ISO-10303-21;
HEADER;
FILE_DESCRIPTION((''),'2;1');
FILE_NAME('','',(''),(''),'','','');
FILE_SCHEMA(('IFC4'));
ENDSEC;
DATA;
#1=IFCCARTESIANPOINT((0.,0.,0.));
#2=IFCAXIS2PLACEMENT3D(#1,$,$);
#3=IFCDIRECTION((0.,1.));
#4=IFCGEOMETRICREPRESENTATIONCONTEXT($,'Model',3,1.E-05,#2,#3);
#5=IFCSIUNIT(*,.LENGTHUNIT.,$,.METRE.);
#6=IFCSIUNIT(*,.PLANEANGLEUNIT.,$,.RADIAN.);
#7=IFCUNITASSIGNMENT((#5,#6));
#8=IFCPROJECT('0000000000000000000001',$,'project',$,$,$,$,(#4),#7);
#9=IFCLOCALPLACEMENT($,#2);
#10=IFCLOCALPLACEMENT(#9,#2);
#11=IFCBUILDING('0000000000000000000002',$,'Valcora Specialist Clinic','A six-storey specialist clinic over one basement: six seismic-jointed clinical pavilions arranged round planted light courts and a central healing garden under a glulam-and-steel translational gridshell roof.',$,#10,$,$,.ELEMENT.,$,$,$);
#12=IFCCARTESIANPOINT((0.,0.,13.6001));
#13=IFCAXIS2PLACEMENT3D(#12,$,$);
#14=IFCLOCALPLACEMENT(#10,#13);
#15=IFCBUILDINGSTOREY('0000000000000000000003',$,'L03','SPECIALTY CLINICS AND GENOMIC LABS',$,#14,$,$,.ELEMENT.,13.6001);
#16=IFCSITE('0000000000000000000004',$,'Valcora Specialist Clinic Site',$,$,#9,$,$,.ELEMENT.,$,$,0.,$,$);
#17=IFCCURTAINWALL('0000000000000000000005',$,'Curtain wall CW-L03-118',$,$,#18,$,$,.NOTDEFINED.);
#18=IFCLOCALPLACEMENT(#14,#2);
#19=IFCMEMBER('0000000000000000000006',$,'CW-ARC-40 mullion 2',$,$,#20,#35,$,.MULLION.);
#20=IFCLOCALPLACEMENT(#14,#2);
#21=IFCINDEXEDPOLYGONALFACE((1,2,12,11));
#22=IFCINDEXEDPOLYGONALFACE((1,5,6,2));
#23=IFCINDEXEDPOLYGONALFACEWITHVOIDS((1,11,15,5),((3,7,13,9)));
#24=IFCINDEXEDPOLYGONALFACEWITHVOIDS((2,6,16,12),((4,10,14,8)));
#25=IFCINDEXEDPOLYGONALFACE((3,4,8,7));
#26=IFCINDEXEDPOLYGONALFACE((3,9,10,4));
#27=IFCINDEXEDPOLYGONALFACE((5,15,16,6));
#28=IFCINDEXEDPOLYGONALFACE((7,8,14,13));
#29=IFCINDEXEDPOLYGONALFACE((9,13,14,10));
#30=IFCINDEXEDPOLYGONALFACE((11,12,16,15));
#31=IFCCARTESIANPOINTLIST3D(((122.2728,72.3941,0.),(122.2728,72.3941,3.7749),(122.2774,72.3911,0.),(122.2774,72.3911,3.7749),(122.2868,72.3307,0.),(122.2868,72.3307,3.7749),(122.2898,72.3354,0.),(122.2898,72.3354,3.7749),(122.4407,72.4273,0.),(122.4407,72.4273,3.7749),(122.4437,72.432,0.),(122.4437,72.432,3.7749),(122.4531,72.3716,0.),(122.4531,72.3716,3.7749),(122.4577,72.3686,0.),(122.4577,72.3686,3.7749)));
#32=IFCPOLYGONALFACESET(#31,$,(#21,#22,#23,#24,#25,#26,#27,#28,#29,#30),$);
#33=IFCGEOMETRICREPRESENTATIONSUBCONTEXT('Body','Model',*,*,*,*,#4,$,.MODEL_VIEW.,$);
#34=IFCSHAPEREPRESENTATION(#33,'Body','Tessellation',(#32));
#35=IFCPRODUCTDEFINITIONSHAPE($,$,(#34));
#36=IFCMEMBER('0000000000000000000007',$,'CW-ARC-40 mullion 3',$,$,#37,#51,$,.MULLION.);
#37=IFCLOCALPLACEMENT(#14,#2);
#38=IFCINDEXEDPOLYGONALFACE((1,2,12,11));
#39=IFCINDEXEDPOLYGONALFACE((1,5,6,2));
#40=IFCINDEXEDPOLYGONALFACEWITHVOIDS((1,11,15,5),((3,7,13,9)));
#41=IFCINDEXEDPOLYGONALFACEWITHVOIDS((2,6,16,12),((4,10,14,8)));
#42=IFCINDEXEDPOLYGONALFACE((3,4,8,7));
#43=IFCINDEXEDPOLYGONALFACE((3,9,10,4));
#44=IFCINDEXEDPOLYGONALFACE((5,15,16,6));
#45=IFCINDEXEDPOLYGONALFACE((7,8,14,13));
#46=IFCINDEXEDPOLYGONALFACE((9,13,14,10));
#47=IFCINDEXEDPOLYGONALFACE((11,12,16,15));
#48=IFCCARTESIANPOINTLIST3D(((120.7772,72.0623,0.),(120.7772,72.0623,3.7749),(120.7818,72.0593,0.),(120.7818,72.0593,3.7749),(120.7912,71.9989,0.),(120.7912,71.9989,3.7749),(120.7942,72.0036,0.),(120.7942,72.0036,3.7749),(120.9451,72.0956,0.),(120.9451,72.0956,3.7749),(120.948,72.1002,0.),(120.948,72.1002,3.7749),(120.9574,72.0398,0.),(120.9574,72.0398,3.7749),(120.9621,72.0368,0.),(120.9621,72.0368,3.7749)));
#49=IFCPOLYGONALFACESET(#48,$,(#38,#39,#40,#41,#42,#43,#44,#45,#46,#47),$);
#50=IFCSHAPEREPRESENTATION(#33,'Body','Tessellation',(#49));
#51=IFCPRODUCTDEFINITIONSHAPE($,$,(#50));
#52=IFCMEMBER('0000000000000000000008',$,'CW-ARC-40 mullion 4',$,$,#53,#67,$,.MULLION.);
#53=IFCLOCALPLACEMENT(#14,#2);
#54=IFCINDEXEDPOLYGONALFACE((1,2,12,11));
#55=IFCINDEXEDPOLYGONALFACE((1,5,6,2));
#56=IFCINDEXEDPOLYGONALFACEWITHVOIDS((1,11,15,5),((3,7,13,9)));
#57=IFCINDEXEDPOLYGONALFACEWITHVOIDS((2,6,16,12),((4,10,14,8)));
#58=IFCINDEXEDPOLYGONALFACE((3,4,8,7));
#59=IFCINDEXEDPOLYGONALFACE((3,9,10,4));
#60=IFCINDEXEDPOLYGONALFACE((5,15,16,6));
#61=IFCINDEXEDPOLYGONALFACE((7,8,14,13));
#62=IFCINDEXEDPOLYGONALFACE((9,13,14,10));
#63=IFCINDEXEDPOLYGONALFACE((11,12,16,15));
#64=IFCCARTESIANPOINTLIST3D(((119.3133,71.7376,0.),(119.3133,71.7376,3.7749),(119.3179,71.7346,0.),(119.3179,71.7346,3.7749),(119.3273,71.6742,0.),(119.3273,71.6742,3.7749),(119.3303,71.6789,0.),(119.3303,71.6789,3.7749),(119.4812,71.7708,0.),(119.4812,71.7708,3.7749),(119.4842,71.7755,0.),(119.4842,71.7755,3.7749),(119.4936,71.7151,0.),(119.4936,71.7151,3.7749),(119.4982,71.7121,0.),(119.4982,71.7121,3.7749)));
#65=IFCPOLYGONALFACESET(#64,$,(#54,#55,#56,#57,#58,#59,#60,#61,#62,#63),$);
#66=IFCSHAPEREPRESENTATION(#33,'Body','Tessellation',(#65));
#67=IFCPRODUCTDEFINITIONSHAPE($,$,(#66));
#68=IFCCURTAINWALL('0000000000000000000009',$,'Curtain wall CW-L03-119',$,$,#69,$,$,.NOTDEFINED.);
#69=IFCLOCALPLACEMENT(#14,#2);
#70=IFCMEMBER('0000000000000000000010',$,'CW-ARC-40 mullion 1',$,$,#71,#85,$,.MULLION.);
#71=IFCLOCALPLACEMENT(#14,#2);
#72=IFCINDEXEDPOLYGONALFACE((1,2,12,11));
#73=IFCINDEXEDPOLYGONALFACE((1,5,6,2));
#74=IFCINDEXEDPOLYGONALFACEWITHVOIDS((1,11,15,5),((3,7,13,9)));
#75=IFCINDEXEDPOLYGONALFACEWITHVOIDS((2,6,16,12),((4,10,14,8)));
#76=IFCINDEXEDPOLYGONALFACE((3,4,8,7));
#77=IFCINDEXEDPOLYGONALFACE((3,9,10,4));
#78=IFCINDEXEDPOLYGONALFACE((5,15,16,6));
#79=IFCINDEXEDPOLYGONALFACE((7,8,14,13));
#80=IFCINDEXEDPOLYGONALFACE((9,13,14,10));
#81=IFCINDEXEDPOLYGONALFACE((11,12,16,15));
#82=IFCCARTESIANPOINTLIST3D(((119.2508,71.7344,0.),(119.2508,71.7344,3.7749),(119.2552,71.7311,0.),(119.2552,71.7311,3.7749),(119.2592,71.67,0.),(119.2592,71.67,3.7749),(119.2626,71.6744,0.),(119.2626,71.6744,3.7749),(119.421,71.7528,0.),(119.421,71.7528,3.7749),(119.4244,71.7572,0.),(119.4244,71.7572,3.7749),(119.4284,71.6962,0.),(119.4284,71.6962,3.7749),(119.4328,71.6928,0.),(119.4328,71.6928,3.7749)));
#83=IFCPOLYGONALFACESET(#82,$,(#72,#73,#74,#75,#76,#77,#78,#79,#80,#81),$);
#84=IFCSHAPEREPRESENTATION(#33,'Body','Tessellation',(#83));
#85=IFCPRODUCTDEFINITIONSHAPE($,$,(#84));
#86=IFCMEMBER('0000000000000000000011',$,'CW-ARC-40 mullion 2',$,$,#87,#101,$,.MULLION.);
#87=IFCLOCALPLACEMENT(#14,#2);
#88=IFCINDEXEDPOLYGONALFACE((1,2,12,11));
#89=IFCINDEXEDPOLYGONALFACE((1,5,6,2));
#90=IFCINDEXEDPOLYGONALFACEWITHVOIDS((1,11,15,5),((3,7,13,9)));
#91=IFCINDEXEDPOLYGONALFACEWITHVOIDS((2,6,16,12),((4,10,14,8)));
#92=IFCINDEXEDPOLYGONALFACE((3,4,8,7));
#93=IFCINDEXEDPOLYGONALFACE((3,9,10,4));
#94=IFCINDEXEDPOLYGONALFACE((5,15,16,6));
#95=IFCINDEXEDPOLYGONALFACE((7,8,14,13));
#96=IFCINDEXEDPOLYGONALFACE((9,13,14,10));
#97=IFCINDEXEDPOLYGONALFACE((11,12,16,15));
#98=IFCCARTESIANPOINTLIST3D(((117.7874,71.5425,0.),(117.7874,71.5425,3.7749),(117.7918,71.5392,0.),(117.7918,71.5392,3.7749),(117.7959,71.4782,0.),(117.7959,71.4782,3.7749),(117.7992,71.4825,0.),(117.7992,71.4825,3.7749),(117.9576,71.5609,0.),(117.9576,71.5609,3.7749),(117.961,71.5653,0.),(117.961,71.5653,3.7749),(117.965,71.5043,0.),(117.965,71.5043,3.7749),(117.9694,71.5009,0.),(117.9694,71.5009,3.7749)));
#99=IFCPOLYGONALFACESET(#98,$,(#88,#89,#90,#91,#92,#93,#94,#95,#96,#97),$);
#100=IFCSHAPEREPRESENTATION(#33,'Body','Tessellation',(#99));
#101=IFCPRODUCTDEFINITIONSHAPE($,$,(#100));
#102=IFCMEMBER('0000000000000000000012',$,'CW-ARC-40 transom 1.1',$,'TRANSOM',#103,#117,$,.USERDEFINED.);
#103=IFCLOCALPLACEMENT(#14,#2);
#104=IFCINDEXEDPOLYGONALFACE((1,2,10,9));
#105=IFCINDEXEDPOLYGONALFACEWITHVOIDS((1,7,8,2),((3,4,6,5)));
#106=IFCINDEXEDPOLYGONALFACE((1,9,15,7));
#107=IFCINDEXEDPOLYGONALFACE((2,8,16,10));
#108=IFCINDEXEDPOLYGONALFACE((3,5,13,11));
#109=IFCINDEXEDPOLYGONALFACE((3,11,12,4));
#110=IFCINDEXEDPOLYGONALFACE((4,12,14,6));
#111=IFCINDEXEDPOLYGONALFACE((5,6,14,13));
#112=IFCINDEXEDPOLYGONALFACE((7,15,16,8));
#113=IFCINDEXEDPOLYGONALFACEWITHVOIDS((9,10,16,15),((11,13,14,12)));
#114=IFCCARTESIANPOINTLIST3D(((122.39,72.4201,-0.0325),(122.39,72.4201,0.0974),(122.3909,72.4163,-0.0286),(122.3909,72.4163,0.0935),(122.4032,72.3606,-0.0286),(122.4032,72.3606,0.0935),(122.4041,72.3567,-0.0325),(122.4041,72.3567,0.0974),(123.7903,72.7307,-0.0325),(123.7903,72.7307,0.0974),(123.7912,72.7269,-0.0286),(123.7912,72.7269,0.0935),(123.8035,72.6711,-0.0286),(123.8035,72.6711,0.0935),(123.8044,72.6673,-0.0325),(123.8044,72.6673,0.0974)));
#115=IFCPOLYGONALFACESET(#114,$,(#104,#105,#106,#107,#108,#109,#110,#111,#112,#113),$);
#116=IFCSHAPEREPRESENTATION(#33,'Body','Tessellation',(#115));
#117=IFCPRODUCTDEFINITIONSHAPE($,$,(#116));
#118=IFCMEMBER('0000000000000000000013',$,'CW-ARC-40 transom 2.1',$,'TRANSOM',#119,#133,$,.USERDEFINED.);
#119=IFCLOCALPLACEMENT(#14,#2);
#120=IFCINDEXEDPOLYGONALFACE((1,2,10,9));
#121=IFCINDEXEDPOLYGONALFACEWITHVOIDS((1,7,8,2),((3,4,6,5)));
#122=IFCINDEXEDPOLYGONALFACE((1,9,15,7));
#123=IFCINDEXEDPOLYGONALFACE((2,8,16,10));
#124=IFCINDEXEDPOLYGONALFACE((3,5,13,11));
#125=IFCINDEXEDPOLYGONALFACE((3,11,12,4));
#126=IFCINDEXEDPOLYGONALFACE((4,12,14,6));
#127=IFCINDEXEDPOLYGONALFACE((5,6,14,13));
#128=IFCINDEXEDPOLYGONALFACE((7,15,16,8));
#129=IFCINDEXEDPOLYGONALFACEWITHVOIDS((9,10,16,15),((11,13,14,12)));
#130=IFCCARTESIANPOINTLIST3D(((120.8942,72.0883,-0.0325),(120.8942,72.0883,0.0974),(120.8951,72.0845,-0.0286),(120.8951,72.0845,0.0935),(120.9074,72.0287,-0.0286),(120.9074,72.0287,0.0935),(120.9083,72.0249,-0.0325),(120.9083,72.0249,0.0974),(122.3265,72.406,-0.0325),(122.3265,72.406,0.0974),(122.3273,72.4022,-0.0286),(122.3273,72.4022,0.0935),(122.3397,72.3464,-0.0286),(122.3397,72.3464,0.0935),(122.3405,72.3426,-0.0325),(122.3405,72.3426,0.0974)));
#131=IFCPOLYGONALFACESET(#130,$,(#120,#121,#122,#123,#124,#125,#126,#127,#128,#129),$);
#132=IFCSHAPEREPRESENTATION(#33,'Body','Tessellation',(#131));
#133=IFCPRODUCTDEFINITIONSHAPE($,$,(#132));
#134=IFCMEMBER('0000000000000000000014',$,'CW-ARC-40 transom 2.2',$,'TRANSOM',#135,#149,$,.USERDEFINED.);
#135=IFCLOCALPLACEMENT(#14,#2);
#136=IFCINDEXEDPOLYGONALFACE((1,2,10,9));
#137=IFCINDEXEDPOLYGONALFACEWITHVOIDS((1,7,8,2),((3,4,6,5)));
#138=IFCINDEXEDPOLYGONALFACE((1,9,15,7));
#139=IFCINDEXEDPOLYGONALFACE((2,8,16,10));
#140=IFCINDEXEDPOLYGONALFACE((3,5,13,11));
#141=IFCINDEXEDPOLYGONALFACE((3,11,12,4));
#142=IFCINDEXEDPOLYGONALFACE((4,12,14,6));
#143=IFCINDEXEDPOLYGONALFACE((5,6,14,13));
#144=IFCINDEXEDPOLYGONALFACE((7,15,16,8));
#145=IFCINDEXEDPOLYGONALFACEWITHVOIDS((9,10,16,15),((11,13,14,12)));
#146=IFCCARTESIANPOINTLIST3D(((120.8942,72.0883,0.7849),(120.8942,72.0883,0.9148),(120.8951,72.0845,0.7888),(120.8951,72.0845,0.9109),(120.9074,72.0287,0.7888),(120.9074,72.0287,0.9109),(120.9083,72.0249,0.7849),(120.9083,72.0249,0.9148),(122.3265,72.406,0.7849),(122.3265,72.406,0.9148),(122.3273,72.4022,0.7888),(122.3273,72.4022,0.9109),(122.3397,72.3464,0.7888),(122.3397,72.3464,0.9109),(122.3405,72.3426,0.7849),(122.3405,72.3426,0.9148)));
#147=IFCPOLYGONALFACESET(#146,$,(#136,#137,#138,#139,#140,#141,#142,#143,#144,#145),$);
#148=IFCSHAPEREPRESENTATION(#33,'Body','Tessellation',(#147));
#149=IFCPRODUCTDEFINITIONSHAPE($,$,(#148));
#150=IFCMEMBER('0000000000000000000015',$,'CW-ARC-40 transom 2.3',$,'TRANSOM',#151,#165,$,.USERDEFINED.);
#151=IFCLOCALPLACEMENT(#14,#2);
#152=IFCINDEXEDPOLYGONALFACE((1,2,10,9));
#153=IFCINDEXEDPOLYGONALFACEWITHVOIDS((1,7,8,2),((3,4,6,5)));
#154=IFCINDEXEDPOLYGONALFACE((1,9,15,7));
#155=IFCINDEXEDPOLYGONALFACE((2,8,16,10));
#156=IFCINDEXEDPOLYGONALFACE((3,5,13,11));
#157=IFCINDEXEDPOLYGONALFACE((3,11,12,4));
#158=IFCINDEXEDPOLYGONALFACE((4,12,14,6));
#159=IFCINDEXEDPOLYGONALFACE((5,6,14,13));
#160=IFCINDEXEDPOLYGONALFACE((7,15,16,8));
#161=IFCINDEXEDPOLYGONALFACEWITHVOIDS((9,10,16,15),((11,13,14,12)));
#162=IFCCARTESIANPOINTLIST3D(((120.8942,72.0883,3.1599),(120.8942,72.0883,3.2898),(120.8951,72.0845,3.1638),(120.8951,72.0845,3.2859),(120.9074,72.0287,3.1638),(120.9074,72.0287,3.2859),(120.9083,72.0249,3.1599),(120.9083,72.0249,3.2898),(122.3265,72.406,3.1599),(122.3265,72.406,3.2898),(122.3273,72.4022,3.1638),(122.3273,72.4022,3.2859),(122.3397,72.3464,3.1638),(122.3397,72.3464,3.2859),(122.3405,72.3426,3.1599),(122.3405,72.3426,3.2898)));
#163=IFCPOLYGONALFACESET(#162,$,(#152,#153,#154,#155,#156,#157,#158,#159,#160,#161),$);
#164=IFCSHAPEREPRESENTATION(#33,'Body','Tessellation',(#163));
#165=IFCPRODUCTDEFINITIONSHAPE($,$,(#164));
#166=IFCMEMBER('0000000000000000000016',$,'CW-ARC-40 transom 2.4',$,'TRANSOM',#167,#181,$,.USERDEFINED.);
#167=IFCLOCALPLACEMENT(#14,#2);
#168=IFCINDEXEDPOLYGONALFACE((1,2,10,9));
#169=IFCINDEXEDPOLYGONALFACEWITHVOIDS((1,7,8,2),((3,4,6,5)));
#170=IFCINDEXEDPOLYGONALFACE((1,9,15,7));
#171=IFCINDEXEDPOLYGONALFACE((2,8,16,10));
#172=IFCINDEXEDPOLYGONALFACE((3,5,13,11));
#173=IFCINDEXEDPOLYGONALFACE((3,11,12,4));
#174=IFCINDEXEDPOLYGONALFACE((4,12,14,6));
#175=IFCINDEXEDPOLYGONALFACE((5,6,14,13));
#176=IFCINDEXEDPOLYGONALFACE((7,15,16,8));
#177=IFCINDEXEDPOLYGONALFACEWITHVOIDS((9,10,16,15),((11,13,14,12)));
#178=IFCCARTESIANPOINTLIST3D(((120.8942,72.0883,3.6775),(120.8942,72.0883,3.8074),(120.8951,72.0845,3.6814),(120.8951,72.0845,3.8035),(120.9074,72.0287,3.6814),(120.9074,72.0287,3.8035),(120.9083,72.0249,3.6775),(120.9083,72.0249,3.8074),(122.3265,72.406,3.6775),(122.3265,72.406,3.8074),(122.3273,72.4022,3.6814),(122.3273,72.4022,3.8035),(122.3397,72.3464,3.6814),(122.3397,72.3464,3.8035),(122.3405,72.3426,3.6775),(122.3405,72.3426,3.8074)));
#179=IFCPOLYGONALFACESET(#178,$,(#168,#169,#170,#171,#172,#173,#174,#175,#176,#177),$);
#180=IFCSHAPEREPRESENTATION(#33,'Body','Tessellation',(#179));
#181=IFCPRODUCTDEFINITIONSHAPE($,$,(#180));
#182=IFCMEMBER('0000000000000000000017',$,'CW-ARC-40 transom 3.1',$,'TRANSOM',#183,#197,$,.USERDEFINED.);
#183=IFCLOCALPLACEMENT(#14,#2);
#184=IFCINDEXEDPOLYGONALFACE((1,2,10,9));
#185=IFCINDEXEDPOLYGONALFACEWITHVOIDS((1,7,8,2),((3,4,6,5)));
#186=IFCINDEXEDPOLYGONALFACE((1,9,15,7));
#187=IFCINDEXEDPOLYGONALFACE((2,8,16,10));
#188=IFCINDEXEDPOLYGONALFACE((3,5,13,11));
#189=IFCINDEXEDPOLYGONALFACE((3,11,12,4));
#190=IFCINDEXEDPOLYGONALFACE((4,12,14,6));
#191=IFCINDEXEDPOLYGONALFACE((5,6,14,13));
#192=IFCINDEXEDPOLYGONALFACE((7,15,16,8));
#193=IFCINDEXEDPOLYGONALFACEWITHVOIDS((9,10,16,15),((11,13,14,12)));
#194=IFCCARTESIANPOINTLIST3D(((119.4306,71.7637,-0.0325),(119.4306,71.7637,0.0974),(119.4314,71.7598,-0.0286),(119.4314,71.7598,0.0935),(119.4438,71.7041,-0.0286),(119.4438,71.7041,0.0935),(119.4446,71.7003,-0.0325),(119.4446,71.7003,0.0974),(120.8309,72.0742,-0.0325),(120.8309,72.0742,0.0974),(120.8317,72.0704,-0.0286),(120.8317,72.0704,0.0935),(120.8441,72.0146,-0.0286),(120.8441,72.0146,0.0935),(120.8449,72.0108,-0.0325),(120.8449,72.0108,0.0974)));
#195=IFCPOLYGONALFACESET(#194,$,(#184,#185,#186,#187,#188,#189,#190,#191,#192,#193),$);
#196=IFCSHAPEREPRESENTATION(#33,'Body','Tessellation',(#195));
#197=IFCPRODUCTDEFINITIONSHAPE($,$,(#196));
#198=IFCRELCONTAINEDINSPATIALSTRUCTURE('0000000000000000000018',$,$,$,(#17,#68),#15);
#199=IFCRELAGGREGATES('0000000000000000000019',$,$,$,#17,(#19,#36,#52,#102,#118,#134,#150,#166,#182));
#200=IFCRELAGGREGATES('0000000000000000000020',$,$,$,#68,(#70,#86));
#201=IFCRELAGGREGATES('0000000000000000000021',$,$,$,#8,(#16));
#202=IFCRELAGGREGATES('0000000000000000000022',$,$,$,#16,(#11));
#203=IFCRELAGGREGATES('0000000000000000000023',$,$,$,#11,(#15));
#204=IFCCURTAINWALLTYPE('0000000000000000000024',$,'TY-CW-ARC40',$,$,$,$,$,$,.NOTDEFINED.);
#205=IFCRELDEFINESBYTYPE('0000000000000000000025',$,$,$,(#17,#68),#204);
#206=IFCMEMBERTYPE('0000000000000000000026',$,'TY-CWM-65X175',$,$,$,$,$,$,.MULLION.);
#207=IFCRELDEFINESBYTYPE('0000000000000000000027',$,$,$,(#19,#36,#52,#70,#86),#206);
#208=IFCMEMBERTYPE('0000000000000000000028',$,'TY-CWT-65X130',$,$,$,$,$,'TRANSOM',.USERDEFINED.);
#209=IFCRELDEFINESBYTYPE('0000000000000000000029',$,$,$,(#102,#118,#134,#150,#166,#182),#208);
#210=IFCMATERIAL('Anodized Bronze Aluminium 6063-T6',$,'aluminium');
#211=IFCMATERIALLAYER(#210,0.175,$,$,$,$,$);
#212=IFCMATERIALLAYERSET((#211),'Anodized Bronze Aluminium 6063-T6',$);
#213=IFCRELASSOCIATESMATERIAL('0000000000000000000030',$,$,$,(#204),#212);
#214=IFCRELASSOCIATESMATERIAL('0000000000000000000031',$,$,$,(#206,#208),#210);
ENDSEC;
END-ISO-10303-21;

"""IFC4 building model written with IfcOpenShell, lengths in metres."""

from ifc_helpers import new_model, si_unit, direction, frame, origin, origin_2d, place, context, subcontext, project, spatial, hollow_rectangle, extrude, material, layer, layer_set, material_profile, profile_set, type_object, element, aggregate, save


model = new_model("IFC4")

# Units and contexts
model_context = context("Model", 3, precision=1e-05, world=origin(), true_north=direction((0.0, 1.0)))
body_context = subcontext(model_context, "Body", "Model", "MODEL_VIEW")
ifc_project = project(units=[si_unit("LENGTHUNIT", "METRE"), si_unit("PLANEANGLEUNIT", "RADIAN")], contexts=[model_context])

# Site, building, storey
site_placement = place(None, origin())
site = spatial("IfcSite", under=ifc_project, at=site_placement, Name="Valcora Specialist Clinic Site", CompositionType="ELEMENT", RefElevation=0.0)
building_placement = place(site_placement, origin())
building = spatial("IfcBuilding", under=site, at=building_placement, Name="Valcora Specialist Clinic", Description="A six-storey specialist clinic over one basement: six seismic-jointed clinical pavilions arranged round planted light courts and a central healing garden under a glulam-and-steel translational gridshell roof.", CompositionType="ELEMENT")
storey_placement = place(building_placement, frame((0.0, 0.0, 13.6001)))
storey = spatial("IfcBuildingStorey", under=building, at=storey_placement, Name="L03", Description="SPECIALTY CLINICS AND GENOMIC LABS", CompositionType="ELEMENT", Elevation=13.6001)

# Curtain walls, members
ifc_material_1 = material(Name="Anodized Bronze Aluminium 6063-T6", Category="aluminium")
ifc_layer_1 = layer(ifc_material_1, 0.175)
ifc_layer_set_1 = layer_set([ifc_layer_1], Name="Anodized Bronze Aluminium 6063-T6")
curtain_wall_type = type_object("IfcCurtainWallType", Name="TY-CW-ARC40", PredefinedType="NOTDEFINED", material=ifc_layer_set_1)
curtain_wall_1_placement = place(storey_placement, origin())
curtain_wall_1 = element("IfcCurtainWall", 1, at=curtain_wall_1_placement, inside=storey, type_object=curtain_wall_type, Name="Curtain wall CW-L03-118", PredefinedType="NOTDEFINED")
ifc_material_profile_1 = material_profile(ifc_material_1, hollow_rectangle(XDim=0.0649, YDim=0.175, WallThickness=0.0039, at=origin_2d()), Name="AL-MUL-65X175")
ifc_profile_set_1 = profile_set([ifc_material_profile_1], Name="Anodized Bronze Aluminium 6063-T6")
member_type_1 = type_object("IfcMemberType", Name="TY-CWM-65X175", PredefinedType="MULLION", material=ifc_profile_set_1)
member_1_placement = place(storey_placement, frame((122.3652, 72.3813, 0.0), z_axis=(0.0, 0.0, 1.0), x_axis=(0.216518, -0.976279, 0.0)))
member_1 = element("IfcMember", 2, at=member_1_placement, type_object=member_type_1, Name="CW-ARC-40 mullion 2", PredefinedType="MULLION", context=body_context, shape_type="SweptSolid", body=[
    extrude(hollow_rectangle(XDim=0.0649, YDim=0.175, WallThickness=0.0039, at=origin_2d()), origin(), (0.0, 0.0, 1.0), 3.7749),
])
member_2_placement = place(storey_placement, frame((120.8696, 72.0496, 0.0), z_axis=(0.0, 0.0, 1.0), x_axis=(0.216518, -0.976279, 0.0)))
member_2 = element("IfcMember", 3, at=member_2_placement, type_object=member_type_1, Name="CW-ARC-40 mullion 3", PredefinedType="MULLION", context=body_context, shape_type="SweptSolid", body=[
    extrude(hollow_rectangle(XDim=0.0649, YDim=0.175, WallThickness=0.0039, at=origin_2d()), origin(), (0.0, 0.0, 1.0), 3.7749),
])
member_3_placement = place(storey_placement, frame((119.4058, 71.7249, 0.0), z_axis=(0.0, 0.0, 1.0), x_axis=(0.216518, -0.976279, 0.0)))
member_3 = element("IfcMember", 4, at=member_3_placement, type_object=member_type_1, Name="CW-ARC-40 mullion 4", PredefinedType="MULLION", context=body_context, shape_type="SweptSolid", body=[
    extrude(hollow_rectangle(XDim=0.0649, YDim=0.175, WallThickness=0.0039, at=origin_2d()), origin(), (0.0, 0.0, 1.0), 3.7749),
])
curtain_wall_2_placement = place(storey_placement, origin())
curtain_wall_2 = element("IfcCurtainWall", 5, at=curtain_wall_2_placement, inside=storey, type_object=curtain_wall_type, Name="Curtain wall CW-L03-119", PredefinedType="NOTDEFINED")
member_4_placement = place(storey_placement, frame((119.3418, 71.7136, 0.0), z_axis=(0.0, 0.0, 1.0), x_axis=(0.129999, -0.991514, 0.0)))
member_4 = element("IfcMember", 6, at=member_4_placement, type_object=member_type_1, Name="CW-ARC-40 mullion 1", PredefinedType="MULLION", context=body_context, shape_type="SweptSolid", body=[
    extrude(hollow_rectangle(XDim=0.0649, YDim=0.175, WallThickness=0.0039, at=origin_2d()), origin(), (0.0, 0.0, 1.0), 3.7749),
])
member_5_placement = place(storey_placement, frame((117.8784, 71.5217, 0.0), z_axis=(0.0, 0.0, 1.0), x_axis=(0.129999, -0.991514, 0.0)))
member_5 = element("IfcMember", 7, at=member_5_placement, type_object=member_type_1, Name="CW-ARC-40 mullion 2", PredefinedType="MULLION", context=body_context, shape_type="SweptSolid", body=[
    extrude(hollow_rectangle(XDim=0.0649, YDim=0.175, WallThickness=0.0039, at=origin_2d()), origin(), (0.0, 0.0, 1.0), 3.7749),
])

# Members
ifc_material_profile_2 = material_profile(ifc_material_1, hollow_rectangle(XDim=0.0649, YDim=0.1299, WallThickness=0.0039, at=origin_2d()), Name="AL-TRN-65X130")
ifc_profile_set_2 = profile_set([ifc_material_profile_2], Name="Anodized Bronze Aluminium 6063-T6")
member_type_2 = type_object("IfcMemberType", Name="TY-CWT-65X130", ElementType="TRANSOM", PredefinedType="USERDEFINED", material=ifc_profile_set_2)
member_6_placement = place(storey_placement, frame((123.7974, 72.699, 0.0325), z_axis=(-0.976283, -0.216498, 0.0), x_axis=(0.216498, -0.976283, 0.0)))
member_6 = element("IfcMember", 8, at=member_6_placement, type_object=member_type_2, Name="CW-ARC-40 transom 1.1", ObjectType="TRANSOM", PredefinedType="USERDEFINED", context=body_context, shape_type="SweptSolid", body=[
    extrude(hollow_rectangle(XDim=0.0649, YDim=0.1299, WallThickness=0.0039, at=origin_2d()), origin(), (0.0, 0.0, 1.0), 1.4343),
])
member_7_placement = place(storey_placement, frame((122.3335, 72.3743, 0.0325), z_axis=(-0.976277, -0.216525, 0.0), x_axis=(0.216525, -0.976277, 0.0)))
member_7 = element("IfcMember", 9, at=member_7_placement, type_object=member_type_2, Name="CW-ARC-40 transom 2.1", ObjectType="TRANSOM", PredefinedType="USERDEFINED", context=body_context, shape_type="SweptSolid", body=[
    extrude(hollow_rectangle(XDim=0.0649, YDim=0.1299, WallThickness=0.0039, at=origin_2d()), origin(), (0.0, 0.0, 1.0), 1.467),
])
member_8_placement = place(storey_placement, frame((122.3335, 72.3743, 0.8499), z_axis=(-0.976277, -0.216525, 0.0), x_axis=(0.216525, -0.976277, 0.0)))
member_8 = element("IfcMember", 10, at=member_8_placement, type_object=member_type_2, Name="CW-ARC-40 transom 2.2", ObjectType="TRANSOM", PredefinedType="USERDEFINED", context=body_context, shape_type="SweptSolid", body=[
    extrude(hollow_rectangle(XDim=0.0649, YDim=0.1299, WallThickness=0.0039, at=origin_2d()), origin(), (0.0, 0.0, 1.0), 1.467),
])
member_9_placement = place(storey_placement, frame((122.3335, 72.3743, 3.2249), z_axis=(-0.976277, -0.216525, 0.0), x_axis=(0.216525, -0.976277, 0.0)))
member_9 = element("IfcMember", 11, at=member_9_placement, type_object=member_type_2, Name="CW-ARC-40 transom 2.3", ObjectType="TRANSOM", PredefinedType="USERDEFINED", context=body_context, shape_type="SweptSolid", body=[
    extrude(hollow_rectangle(XDim=0.0649, YDim=0.1299, WallThickness=0.0039, at=origin_2d()), origin(), (0.0, 0.0, 1.0), 1.467),
])
member_10_placement = place(storey_placement, frame((122.3335, 72.3743, 3.7424), z_axis=(-0.976277, -0.216525, 0.0), x_axis=(0.216525, -0.976277, 0.0)))
member_10 = element("IfcMember", 12, at=member_10_placement, type_object=member_type_2, Name="CW-ARC-40 transom 2.4", ObjectType="TRANSOM", PredefinedType="USERDEFINED", context=body_context, shape_type="SweptSolid", body=[
    extrude(hollow_rectangle(XDim=0.0649, YDim=0.1299, WallThickness=0.0039, at=origin_2d()), origin(), (0.0, 0.0, 1.0), 1.467),
])
member_11_placement = place(storey_placement, frame((120.8379, 72.0425, 0.0325), z_axis=(-0.976283, -0.216498, 0.0), x_axis=(0.216498, -0.976283, 0.0)))
member_11 = element("IfcMember", 13, at=member_11_placement, type_object=member_type_2, Name="CW-ARC-40 transom 3.1", ObjectType="TRANSOM", PredefinedType="USERDEFINED", context=body_context, shape_type="SweptSolid", body=[
    extrude(hollow_rectangle(XDim=0.0649, YDim=0.1299, WallThickness=0.0039, at=origin_2d()), origin(), (0.0, 0.0, 1.0), 1.4343),
])

aggregate(curtain_wall_1, [member_1, member_2, member_3, member_6, member_7, member_8, member_9, member_10, member_11])
aggregate(curtain_wall_2, [member_4, member_5])

save(model, "model.ifc")
